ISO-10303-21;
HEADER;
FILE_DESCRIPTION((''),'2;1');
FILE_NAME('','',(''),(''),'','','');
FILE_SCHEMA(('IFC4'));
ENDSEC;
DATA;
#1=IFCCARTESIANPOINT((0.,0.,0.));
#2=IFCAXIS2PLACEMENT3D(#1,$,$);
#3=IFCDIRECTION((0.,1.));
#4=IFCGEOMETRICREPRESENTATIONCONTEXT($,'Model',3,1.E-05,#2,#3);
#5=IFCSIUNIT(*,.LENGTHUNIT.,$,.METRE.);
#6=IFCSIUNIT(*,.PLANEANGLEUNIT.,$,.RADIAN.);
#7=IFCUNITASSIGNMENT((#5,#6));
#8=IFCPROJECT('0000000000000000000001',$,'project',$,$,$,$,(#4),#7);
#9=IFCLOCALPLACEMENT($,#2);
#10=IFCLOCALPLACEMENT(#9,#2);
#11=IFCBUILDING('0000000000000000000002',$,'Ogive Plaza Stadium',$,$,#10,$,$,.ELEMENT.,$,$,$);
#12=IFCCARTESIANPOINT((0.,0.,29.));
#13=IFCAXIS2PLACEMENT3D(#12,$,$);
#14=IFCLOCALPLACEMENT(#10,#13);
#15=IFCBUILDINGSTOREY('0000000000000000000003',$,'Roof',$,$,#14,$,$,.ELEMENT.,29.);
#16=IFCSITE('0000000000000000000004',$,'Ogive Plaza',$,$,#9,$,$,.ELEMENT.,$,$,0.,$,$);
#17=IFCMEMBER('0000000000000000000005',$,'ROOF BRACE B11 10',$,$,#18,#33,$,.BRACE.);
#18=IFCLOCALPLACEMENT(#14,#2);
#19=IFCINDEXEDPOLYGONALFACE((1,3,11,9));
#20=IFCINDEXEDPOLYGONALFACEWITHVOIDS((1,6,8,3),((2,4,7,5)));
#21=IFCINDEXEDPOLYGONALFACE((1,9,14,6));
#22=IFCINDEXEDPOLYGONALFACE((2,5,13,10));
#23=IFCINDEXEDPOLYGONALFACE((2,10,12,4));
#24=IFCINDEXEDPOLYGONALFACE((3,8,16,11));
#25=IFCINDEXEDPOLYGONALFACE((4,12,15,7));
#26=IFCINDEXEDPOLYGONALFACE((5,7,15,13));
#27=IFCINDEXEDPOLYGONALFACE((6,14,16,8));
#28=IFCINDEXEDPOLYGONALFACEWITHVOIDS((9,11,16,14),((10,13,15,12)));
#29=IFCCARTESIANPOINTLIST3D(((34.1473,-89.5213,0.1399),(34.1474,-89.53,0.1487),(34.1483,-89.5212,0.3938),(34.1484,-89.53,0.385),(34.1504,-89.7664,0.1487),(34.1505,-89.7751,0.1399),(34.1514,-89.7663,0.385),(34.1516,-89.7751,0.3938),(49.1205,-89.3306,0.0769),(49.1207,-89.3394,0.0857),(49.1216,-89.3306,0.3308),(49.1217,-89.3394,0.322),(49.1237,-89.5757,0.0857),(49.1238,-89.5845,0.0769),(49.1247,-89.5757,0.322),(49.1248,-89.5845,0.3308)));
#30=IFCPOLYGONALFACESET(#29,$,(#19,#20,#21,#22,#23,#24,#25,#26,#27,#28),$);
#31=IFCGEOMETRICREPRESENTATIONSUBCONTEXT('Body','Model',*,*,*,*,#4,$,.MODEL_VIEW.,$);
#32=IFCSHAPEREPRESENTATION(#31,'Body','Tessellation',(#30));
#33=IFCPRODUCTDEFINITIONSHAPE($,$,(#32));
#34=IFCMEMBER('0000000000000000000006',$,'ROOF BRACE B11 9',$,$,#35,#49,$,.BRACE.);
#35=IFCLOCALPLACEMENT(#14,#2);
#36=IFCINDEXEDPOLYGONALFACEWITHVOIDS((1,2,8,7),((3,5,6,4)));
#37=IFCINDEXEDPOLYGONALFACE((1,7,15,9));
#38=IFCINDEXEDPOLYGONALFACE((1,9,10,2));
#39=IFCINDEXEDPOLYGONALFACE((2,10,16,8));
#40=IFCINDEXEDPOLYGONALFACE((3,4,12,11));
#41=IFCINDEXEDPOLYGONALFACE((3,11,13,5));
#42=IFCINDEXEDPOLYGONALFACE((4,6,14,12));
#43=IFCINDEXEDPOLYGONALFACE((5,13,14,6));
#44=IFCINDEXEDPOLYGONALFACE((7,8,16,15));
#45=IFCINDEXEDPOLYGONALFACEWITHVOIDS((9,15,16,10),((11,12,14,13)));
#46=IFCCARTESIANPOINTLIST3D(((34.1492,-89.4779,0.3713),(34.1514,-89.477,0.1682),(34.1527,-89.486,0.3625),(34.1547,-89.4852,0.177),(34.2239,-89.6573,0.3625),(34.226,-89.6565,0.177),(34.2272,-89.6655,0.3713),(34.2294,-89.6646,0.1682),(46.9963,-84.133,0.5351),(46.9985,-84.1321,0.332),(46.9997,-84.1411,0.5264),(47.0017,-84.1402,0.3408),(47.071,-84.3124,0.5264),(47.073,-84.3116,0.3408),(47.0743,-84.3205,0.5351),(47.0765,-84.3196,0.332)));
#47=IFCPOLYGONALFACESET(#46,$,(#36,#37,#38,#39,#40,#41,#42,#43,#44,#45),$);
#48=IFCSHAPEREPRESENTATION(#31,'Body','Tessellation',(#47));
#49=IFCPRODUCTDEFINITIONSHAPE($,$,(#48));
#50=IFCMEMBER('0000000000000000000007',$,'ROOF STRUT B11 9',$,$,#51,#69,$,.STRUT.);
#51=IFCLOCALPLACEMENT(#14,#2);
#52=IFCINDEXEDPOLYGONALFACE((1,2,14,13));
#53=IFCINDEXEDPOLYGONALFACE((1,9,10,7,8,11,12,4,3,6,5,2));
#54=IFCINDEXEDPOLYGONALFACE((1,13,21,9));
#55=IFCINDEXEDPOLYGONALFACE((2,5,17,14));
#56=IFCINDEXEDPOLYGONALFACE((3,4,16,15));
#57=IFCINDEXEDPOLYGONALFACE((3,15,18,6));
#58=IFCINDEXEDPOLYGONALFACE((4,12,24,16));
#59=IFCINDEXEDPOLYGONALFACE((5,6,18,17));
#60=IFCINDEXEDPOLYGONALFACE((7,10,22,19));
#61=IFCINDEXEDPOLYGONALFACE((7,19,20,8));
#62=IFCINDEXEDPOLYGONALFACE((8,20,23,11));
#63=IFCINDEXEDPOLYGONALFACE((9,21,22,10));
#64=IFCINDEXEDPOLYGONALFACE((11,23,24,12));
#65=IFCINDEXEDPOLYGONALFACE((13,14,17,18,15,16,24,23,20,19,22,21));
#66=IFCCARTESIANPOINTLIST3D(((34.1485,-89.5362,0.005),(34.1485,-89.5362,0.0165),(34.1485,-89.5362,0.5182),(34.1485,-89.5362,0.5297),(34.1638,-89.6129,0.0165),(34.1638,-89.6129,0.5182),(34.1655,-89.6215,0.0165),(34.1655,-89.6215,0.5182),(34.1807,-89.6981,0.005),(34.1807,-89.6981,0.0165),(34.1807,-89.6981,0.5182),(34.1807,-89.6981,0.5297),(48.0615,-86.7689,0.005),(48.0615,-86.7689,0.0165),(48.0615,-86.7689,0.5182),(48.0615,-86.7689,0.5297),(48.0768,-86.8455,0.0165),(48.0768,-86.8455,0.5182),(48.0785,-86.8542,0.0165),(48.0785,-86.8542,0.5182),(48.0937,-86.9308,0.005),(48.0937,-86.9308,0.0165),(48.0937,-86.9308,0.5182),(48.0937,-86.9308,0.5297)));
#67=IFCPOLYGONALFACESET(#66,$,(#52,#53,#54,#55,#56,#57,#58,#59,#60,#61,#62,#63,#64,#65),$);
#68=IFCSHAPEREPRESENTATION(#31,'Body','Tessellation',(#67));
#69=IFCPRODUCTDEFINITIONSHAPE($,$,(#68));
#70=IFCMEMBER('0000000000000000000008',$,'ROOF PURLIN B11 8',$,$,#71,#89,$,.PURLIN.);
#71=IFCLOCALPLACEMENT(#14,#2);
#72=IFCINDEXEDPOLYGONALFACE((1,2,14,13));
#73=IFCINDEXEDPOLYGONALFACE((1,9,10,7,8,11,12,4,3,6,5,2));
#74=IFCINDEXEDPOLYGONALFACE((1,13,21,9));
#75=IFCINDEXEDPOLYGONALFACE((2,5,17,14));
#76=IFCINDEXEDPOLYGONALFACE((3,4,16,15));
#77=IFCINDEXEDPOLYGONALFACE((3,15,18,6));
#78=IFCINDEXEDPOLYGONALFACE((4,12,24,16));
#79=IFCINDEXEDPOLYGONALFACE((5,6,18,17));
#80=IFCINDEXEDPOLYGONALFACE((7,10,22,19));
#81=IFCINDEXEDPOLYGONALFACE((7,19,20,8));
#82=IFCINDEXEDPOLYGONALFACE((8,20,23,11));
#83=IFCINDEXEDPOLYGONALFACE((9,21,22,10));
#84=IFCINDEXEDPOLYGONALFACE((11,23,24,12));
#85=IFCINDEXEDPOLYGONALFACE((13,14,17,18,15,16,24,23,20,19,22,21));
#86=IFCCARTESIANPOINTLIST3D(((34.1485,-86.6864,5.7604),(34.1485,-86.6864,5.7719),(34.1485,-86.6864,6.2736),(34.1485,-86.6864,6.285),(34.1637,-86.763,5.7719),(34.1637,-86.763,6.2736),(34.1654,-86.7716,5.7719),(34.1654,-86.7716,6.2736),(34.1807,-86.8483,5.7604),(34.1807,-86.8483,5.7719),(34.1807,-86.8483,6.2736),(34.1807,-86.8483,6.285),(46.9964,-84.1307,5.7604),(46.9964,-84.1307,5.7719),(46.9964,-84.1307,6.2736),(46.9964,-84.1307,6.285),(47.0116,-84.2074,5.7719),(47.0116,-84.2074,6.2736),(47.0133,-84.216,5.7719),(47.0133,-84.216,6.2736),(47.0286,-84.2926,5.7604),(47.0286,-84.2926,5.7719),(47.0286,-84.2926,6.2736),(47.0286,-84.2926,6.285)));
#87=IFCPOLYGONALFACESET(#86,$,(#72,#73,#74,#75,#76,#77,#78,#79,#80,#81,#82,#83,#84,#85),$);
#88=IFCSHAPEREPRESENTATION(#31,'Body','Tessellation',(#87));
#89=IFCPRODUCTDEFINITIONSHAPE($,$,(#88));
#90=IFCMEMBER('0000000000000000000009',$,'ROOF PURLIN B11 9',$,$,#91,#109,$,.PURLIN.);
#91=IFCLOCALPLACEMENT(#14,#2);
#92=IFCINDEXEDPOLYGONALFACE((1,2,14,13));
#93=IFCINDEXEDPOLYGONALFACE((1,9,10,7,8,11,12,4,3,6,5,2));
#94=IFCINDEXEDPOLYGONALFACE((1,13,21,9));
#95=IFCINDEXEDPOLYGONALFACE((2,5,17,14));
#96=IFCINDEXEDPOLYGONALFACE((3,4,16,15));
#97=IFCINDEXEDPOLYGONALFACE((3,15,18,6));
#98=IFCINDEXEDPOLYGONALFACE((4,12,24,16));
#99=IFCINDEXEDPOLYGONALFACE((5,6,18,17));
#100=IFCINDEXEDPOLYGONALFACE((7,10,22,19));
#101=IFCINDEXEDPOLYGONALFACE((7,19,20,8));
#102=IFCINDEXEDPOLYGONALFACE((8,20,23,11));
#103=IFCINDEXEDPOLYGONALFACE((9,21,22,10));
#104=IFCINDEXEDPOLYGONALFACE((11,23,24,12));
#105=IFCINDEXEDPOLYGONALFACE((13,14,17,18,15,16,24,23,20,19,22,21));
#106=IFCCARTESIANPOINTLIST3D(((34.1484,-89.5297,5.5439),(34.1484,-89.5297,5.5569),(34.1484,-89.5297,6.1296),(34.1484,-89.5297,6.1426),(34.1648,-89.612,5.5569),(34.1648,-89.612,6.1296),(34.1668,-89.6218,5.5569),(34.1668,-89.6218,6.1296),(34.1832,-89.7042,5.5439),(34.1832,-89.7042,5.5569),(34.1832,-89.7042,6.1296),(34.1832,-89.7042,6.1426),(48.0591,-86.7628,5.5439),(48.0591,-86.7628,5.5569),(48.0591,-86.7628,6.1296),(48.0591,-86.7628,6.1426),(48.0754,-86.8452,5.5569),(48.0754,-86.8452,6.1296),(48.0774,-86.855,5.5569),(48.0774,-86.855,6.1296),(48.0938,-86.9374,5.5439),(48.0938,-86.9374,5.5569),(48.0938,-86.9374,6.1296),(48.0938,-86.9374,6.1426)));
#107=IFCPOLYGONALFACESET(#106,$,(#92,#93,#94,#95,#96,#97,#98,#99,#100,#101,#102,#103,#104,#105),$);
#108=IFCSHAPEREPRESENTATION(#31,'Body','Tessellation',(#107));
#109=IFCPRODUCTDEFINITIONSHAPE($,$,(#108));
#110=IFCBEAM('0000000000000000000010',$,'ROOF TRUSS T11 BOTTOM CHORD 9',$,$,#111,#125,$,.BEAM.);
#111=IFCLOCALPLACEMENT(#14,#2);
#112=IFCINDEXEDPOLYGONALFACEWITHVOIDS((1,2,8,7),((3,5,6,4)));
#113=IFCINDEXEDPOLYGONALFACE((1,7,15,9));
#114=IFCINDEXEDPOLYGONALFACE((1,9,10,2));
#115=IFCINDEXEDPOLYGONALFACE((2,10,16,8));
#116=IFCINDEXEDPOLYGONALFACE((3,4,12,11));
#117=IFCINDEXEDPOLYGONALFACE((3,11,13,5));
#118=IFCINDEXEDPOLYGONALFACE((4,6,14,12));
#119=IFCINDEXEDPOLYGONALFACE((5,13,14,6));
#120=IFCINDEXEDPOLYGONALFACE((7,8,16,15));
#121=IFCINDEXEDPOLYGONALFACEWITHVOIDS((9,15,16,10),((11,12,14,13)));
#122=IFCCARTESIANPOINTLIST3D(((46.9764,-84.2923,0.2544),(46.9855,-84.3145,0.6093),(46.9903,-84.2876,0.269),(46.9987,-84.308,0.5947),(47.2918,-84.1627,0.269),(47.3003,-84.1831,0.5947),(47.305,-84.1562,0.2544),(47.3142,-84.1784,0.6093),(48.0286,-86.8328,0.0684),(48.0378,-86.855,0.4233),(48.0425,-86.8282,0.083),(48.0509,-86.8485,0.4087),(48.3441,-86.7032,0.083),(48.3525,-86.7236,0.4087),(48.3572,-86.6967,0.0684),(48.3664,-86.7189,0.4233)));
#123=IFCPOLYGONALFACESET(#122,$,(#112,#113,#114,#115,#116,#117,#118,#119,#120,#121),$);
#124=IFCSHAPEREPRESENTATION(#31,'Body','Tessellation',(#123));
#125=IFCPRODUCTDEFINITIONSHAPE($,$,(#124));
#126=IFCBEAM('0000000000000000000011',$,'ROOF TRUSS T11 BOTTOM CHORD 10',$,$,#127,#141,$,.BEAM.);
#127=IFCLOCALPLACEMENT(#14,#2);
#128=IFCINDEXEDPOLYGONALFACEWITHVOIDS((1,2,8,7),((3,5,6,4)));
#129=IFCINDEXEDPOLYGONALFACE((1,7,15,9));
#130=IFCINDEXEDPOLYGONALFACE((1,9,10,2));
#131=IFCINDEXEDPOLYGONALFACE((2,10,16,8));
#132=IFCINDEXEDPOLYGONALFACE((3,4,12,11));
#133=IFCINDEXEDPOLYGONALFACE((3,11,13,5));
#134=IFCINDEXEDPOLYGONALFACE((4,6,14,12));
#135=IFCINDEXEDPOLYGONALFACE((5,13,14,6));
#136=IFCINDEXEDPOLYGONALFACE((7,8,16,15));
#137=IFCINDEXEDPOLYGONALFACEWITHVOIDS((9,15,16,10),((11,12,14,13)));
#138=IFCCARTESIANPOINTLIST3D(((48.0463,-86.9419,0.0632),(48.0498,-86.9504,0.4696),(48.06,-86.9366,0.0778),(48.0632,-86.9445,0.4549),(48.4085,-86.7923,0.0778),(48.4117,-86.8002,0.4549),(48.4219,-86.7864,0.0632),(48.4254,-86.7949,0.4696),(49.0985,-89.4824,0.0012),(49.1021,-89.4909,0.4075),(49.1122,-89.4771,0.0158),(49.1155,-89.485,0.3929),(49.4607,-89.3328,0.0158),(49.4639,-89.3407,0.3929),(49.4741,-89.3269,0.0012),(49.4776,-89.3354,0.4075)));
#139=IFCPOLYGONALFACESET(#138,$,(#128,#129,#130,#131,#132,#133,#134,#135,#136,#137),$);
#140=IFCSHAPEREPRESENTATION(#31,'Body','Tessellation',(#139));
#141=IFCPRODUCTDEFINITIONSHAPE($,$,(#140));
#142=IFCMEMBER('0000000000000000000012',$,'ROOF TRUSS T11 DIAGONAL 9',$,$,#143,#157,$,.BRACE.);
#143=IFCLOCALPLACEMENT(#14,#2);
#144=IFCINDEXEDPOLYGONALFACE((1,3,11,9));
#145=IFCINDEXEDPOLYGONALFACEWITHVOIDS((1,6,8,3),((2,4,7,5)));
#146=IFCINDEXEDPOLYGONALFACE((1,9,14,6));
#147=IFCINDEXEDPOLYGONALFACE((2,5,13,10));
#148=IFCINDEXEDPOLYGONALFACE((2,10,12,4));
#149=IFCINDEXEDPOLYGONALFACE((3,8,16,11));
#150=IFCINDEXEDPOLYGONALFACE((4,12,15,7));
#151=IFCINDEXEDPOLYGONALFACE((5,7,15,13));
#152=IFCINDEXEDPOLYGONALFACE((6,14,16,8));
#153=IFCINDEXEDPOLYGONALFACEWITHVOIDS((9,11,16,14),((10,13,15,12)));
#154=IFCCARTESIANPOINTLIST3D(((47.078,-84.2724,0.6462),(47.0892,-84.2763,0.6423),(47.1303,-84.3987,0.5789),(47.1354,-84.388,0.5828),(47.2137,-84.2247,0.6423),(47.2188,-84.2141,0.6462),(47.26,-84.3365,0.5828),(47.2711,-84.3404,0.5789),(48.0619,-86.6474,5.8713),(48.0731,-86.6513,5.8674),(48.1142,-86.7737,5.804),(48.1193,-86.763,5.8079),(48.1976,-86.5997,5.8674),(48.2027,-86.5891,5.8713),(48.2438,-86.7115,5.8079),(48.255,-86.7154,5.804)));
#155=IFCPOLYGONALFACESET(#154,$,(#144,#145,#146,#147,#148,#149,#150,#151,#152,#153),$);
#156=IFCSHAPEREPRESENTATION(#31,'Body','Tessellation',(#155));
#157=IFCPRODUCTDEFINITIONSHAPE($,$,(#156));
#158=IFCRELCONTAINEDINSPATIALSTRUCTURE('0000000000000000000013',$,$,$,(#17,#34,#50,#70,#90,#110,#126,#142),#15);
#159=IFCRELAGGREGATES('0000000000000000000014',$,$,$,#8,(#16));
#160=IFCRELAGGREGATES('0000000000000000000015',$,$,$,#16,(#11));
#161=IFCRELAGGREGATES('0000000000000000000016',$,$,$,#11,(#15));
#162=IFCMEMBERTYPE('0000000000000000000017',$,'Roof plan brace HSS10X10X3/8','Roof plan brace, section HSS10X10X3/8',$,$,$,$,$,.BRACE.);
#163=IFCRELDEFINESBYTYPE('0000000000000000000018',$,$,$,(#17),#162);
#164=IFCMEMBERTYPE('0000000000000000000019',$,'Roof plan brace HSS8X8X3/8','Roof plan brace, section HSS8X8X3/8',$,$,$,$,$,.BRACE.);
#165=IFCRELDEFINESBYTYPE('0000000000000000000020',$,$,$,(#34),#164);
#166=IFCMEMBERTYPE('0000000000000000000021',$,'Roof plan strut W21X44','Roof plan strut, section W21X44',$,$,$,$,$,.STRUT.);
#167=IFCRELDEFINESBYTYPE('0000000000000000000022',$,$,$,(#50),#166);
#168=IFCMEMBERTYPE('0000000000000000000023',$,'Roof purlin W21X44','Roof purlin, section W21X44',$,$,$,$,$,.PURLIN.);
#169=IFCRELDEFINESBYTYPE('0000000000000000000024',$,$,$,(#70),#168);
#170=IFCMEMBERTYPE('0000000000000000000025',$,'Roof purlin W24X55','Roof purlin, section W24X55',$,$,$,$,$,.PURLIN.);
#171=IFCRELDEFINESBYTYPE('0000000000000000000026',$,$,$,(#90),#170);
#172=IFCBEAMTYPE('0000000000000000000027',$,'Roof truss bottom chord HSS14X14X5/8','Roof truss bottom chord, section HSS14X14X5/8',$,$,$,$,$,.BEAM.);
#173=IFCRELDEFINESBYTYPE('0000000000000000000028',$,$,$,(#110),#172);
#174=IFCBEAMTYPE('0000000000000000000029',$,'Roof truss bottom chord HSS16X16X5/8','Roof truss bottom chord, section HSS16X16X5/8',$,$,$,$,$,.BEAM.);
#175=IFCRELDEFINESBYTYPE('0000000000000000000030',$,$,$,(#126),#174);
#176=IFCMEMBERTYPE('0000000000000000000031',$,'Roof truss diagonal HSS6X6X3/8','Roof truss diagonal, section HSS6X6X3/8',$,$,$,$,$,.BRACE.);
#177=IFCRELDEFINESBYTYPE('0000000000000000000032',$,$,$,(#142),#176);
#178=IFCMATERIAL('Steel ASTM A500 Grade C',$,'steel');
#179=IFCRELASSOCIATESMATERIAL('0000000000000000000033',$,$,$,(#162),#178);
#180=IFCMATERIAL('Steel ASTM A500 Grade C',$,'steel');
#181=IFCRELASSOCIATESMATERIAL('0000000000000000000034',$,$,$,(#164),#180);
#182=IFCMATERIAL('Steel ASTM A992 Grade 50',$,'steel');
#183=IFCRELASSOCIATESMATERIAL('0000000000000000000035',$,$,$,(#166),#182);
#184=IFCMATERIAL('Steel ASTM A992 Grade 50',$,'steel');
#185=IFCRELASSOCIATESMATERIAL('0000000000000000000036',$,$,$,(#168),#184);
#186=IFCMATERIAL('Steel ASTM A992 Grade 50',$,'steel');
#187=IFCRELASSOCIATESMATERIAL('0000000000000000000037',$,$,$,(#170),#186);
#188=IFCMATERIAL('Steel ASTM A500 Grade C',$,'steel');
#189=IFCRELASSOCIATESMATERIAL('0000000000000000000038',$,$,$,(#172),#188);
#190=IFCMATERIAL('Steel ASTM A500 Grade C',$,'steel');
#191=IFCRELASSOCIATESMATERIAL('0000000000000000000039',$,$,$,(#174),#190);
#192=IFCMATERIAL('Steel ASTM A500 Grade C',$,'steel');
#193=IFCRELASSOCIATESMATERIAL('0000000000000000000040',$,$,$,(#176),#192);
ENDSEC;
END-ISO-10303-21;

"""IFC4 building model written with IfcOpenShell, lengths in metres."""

from ifc_helpers import new_model, si_unit, direction, frame, origin, origin_2d, place, context, subcontext, project, spatial, hollow_rectangle, i_section, extrude, material, material_profile, profile_set, type_object, element, save


model = new_model("IFC4")

# Units and contexts
model_context = context("Model", 3, precision=1e-05, world=origin(), true_north=direction((0.0, 1.0)))
body_context = subcontext(model_context, "Body", "Model", "MODEL_VIEW")
ifc_project = project(units=[si_unit("LENGTHUNIT", "METRE"), si_unit("PLANEANGLEUNIT", "RADIAN")], contexts=[model_context])

# Site, building, storey
site_placement = place(None, origin())
site = spatial("IfcSite", under=ifc_project, at=site_placement, Name="Ogive Plaza", CompositionType="ELEMENT", RefElevation=0.0)
building_placement = place(site_placement, origin())
building = spatial("IfcBuilding", under=site, at=building_placement, Name="Ogive Plaza Stadium", CompositionType="ELEMENT")
storey_placement = place(building_placement, frame((0.0, 0.0, 29.0)))
storey = spatial("IfcBuildingStorey", under=building, at=storey_placement, Name="Roof", CompositionType="ELEMENT", Elevation=29.0)

# Members
ifc_material_1 = material(Name="Steel ASTM A500 Grade C", Category="steel")
ifc_material_profile_1 = material_profile(ifc_material_1, hollow_rectangle(XDim=0.2539, YDim=0.2539, WallThickness=0.0088, at=origin_2d()), Name="HSS10X10X3/8")
ifc_profile_set_1 = profile_set([ifc_material_profile_1], Name="Steel ASTM A500 Grade C")
member_type_1 = type_object("IfcMemberType", Name="Roof plan brace HSS10X10X3/8", Description="Roof plan brace, section HSS10X10X3/8", PredefinedType="BRACE", material=ifc_profile_set_1)
member_1_placement = place(storey_placement, frame((34.1494, -89.6482, 0.2668), z_axis=(0.99991, 0.012733, -0.004206), x_axis=(-0.012733, 0.999919, 0.0)))
element("IfcMember", 1, at=member_1_placement, inside=storey, type_object=member_type_1, Name="ROOF BRACE B11 10", PredefinedType="BRACE", context=body_context, shape_type="SweptSolid", body=[
    extrude(hollow_rectangle(XDim=0.2539, YDim=0.2539, WallThickness=0.0088, at=origin_2d()), origin(), (0.0, 0.0, 1.0), 14.9746),
])
ifc_material_2 = material(Name="Steel ASTM A500 Grade C", Category="steel")
ifc_material_profile_2 = material_profile(ifc_material_2, hollow_rectangle(XDim=0.2031, YDim=0.2031, WallThickness=0.0088, at=origin_2d()), Name="HSS8X8X3/8")
ifc_profile_set_2 = profile_set([ifc_material_profile_2], Name="Steel ASTM A500 Grade C")
member_type_2 = type_object("IfcMemberType", Name="Roof plan brace HSS8X8X3/8", Description="Roof plan brace, section HSS8X8X3/8", PredefinedType="BRACE", material=ifc_profile_set_2)
member_2_placement = place(storey_placement, frame((47.0364, -84.2263, 0.4336), z_axis=(-0.923217, -0.384098, -0.011772), x_axis=(0.384124, -0.923281, 0.0)))
element("IfcMember", 2, at=member_2_placement, inside=storey, type_object=member_type_2, Name="ROOF BRACE B11 9", PredefinedType="BRACE", context=body_context, shape_type="SweptSolid", body=[
    extrude(hollow_rectangle(XDim=0.2031, YDim=0.2031, WallThickness=0.0088, at=origin_2d()), origin(), (0.0, 0.0, 1.0), 13.9155),
])
ifc_material_3 = material(Name="Steel ASTM A992 Grade 50", Category="steel")
ifc_material_profile_3 = material_profile(ifc_material_3, i_section(OverallWidth=0.165, OverallDepth=0.5247, WebThickness=0.0088, FlangeThickness=0.0115, at=origin_2d()), Name="W21X44")
ifc_profile_set_3 = profile_set([ifc_material_profile_3], Name="Steel ASTM A992 Grade 50")
member_type_3 = type_object("IfcMemberType", Name="Roof plan strut W21X44", Description="Roof plan strut, section W21X44", PredefinedType="STRUT", material=ifc_profile_set_3)
member_3_placement = place(storey_placement, frame((48.0776, -86.8499, 0.2673), z_axis=(-0.980787, -0.19508, 0.0), x_axis=(0.19508, -0.980787, 0.0)))
element("IfcMember", 3, at=member_3_placement, inside=storey, type_object=member_type_3, Name="ROOF STRUT B11 9", PredefinedType="STRUT", context=body_context, shape_type="SweptSolid", body=[
    extrude(i_section(OverallWidth=0.165, OverallDepth=0.5247, WebThickness=0.0088, FlangeThickness=0.0115, at=origin_2d()), origin(), (0.0, 0.0, 1.0), 14.1855),
])
ifc_material_4 = material(Name="Steel ASTM A992 Grade 50", Category="steel")
ifc_material_profile_4 = material_profile(ifc_material_4, i_section(OverallWidth=0.165, OverallDepth=0.5247, WebThickness=0.0088, FlangeThickness=0.0115, at=origin_2d()), Name="W21X44")
ifc_profile_set_4 = profile_set([ifc_material_profile_4], Name="Steel ASTM A992 Grade 50")
member_type_4 = type_object("IfcMemberType", Name="Roof purlin W21X44", Description="Roof purlin, section W21X44", PredefinedType="PURLIN", material=ifc_profile_set_4)
member_4_placement = place(storey_placement, frame((47.0125, -84.2117, 6.0227), z_axis=(-0.980784, -0.195095, 0.0), x_axis=(0.195095, -0.980784, 0.0)))
element("IfcMember", 4, at=member_4_placement, inside=storey, type_object=member_type_4, Name="ROOF PURLIN B11 8", PredefinedType="PURLIN", context=body_context, shape_type="SweptSolid", body=[
    extrude(i_section(OverallWidth=0.165, OverallDepth=0.5247, WebThickness=0.0088, FlangeThickness=0.0115, at=origin_2d()), origin(), (0.0, 0.0, 1.0), 13.0996),
])
ifc_material_5 = material(Name="Steel ASTM A992 Grade 50", Category="steel")
ifc_material_profile_5 = material_profile(ifc_material_5, i_section(OverallWidth=0.178, OverallDepth=0.5986, WebThickness=0.01, FlangeThickness=0.0129, at=origin_2d()), Name="W24X55")
ifc_profile_set_5 = profile_set([ifc_material_profile_5], Name="Steel ASTM A992 Grade 50")
member_type_5 = type_object("IfcMemberType", Name="Roof purlin W24X55", Description="Roof purlin, section W24X55", PredefinedType="PURLIN", material=ifc_profile_set_5)
member_5_placement = place(storey_placement, frame((48.0764, -86.8501, 5.8433), z_axis=(-0.980787, -0.19508, 0.0), x_axis=(0.19508, -0.980787, 0.0)))
element("IfcMember", 5, at=member_5_placement, inside=storey, type_object=member_type_5, Name="ROOF PURLIN B11 9", PredefinedType="PURLIN", context=body_context, shape_type="SweptSolid", body=[
    extrude(i_section(OverallWidth=0.178, OverallDepth=0.5986, WebThickness=0.01, FlangeThickness=0.0129, at=origin_2d()), origin(), (0.0, 0.0, 1.0), 14.1831),
])

# Beams
ifc_material_6 = material(Name="Steel ASTM A500 Grade C", Category="steel")
ifc_material_profile_6 = material_profile(ifc_material_6, hollow_rectangle(XDim=0.3557, YDim=0.3557, WallThickness=0.0146, at=origin_2d()), Name="HSS14X14X5/8")
ifc_profile_set_6 = profile_set([ifc_material_profile_6], Name="Steel ASTM A500 Grade C")
beam_type_1 = type_object("IfcBeamType", Name="Roof truss bottom chord HSS14X14X5/8", Description="Roof truss bottom chord, section HSS14X14X5/8", PredefinedType="BEAM", material=ifc_profile_set_6)
beam_1_placement = place(storey_placement, frame((47.1453, -84.2354, 0.4319), z_axis=(0.381787, -0.921782, -0.067499), x_axis=(0.923889, 0.38266, 0.0)))
element("IfcBeam", 6, at=beam_1_placement, inside=storey, type_object=beam_type_1, Name="ROOF TRUSS T11 BOTTOM CHORD 9", PredefinedType="BEAM", context=body_context, shape_type="SweptSolid", body=[
    extrude(hollow_rectangle(XDim=0.3557, YDim=0.3557, WallThickness=0.0146, at=origin_2d()), origin(), (0.0, 0.0, 1.0), 2.7561),
])
ifc_material_7 = material(Name="Steel ASTM A500 Grade C", Category="steel")
ifc_material_profile_7 = material_profile(ifc_material_7, hollow_rectangle(XDim=0.4065, YDim=0.4065, WallThickness=0.0146, at=origin_2d()), Name="HSS16X16X5/8")
ifc_profile_set_7 = profile_set([ifc_material_profile_7], Name="Steel ASTM A500 Grade C")
beam_type_2 = type_object("IfcBeamType", Name="Roof truss bottom chord HSS16X16X5/8", Description="Roof truss bottom chord, section HSS16X16X5/8", PredefinedType="BEAM", material=ifc_profile_set_7)
beam_2_placement = place(storey_placement, frame((48.2358, -86.8684, 0.2664), z_axis=(0.382563, -0.923654, -0.022545), x_axis=(0.923889, 0.38266, 0.0)))
element("IfcBeam", 7, at=beam_2_placement, inside=storey, type_object=beam_type_2, Name="ROOF TRUSS T11 BOTTOM CHORD 10", PredefinedType="BEAM", context=body_context, shape_type="SweptSolid", body=[
    extrude(hollow_rectangle(XDim=0.4065, YDim=0.4065, WallThickness=0.0146, at=origin_2d()), origin(), (0.0, 0.0, 1.0), 2.7505),
])

# Member
ifc_material_8 = material(Name="Steel ASTM A500 Grade C", Category="steel")
ifc_material_profile_8 = material_profile(ifc_material_8, hollow_rectangle(XDim=0.1523, YDim=0.1523, WallThickness=0.0088, at=origin_2d()), Name="HSS6X6X3/8")
ifc_profile_set_8 = profile_set([ifc_material_profile_8], Name="Steel ASTM A500 Grade C")
member_type_6 = type_object("IfcMemberType", Name="Roof truss diagonal HSS6X6X3/8", Description="Roof truss diagonal, section HSS6X6X3/8", PredefinedType="BRACE", material=ifc_profile_set_8)
member_6_placement = place(storey_placement, frame((47.1746, -84.3064, 0.6125), z_axis=(0.168958, -0.407847, 0.897281), x_axis=(0.923862, 0.382726, 0.0)))
element("IfcMember", 8, at=member_6_placement, inside=storey, type_object=member_type_6, Name="ROOF TRUSS T11 DIAGONAL 9", PredefinedType="BRACE", context=body_context, shape_type="SweptSolid", body=[
    extrude(hollow_rectangle(XDim=0.1523, YDim=0.1523, WallThickness=0.0088, at=origin_2d()), origin(), (0.0, 0.0, 1.0), 5.8232),
])

save(model, "model.ifc")
